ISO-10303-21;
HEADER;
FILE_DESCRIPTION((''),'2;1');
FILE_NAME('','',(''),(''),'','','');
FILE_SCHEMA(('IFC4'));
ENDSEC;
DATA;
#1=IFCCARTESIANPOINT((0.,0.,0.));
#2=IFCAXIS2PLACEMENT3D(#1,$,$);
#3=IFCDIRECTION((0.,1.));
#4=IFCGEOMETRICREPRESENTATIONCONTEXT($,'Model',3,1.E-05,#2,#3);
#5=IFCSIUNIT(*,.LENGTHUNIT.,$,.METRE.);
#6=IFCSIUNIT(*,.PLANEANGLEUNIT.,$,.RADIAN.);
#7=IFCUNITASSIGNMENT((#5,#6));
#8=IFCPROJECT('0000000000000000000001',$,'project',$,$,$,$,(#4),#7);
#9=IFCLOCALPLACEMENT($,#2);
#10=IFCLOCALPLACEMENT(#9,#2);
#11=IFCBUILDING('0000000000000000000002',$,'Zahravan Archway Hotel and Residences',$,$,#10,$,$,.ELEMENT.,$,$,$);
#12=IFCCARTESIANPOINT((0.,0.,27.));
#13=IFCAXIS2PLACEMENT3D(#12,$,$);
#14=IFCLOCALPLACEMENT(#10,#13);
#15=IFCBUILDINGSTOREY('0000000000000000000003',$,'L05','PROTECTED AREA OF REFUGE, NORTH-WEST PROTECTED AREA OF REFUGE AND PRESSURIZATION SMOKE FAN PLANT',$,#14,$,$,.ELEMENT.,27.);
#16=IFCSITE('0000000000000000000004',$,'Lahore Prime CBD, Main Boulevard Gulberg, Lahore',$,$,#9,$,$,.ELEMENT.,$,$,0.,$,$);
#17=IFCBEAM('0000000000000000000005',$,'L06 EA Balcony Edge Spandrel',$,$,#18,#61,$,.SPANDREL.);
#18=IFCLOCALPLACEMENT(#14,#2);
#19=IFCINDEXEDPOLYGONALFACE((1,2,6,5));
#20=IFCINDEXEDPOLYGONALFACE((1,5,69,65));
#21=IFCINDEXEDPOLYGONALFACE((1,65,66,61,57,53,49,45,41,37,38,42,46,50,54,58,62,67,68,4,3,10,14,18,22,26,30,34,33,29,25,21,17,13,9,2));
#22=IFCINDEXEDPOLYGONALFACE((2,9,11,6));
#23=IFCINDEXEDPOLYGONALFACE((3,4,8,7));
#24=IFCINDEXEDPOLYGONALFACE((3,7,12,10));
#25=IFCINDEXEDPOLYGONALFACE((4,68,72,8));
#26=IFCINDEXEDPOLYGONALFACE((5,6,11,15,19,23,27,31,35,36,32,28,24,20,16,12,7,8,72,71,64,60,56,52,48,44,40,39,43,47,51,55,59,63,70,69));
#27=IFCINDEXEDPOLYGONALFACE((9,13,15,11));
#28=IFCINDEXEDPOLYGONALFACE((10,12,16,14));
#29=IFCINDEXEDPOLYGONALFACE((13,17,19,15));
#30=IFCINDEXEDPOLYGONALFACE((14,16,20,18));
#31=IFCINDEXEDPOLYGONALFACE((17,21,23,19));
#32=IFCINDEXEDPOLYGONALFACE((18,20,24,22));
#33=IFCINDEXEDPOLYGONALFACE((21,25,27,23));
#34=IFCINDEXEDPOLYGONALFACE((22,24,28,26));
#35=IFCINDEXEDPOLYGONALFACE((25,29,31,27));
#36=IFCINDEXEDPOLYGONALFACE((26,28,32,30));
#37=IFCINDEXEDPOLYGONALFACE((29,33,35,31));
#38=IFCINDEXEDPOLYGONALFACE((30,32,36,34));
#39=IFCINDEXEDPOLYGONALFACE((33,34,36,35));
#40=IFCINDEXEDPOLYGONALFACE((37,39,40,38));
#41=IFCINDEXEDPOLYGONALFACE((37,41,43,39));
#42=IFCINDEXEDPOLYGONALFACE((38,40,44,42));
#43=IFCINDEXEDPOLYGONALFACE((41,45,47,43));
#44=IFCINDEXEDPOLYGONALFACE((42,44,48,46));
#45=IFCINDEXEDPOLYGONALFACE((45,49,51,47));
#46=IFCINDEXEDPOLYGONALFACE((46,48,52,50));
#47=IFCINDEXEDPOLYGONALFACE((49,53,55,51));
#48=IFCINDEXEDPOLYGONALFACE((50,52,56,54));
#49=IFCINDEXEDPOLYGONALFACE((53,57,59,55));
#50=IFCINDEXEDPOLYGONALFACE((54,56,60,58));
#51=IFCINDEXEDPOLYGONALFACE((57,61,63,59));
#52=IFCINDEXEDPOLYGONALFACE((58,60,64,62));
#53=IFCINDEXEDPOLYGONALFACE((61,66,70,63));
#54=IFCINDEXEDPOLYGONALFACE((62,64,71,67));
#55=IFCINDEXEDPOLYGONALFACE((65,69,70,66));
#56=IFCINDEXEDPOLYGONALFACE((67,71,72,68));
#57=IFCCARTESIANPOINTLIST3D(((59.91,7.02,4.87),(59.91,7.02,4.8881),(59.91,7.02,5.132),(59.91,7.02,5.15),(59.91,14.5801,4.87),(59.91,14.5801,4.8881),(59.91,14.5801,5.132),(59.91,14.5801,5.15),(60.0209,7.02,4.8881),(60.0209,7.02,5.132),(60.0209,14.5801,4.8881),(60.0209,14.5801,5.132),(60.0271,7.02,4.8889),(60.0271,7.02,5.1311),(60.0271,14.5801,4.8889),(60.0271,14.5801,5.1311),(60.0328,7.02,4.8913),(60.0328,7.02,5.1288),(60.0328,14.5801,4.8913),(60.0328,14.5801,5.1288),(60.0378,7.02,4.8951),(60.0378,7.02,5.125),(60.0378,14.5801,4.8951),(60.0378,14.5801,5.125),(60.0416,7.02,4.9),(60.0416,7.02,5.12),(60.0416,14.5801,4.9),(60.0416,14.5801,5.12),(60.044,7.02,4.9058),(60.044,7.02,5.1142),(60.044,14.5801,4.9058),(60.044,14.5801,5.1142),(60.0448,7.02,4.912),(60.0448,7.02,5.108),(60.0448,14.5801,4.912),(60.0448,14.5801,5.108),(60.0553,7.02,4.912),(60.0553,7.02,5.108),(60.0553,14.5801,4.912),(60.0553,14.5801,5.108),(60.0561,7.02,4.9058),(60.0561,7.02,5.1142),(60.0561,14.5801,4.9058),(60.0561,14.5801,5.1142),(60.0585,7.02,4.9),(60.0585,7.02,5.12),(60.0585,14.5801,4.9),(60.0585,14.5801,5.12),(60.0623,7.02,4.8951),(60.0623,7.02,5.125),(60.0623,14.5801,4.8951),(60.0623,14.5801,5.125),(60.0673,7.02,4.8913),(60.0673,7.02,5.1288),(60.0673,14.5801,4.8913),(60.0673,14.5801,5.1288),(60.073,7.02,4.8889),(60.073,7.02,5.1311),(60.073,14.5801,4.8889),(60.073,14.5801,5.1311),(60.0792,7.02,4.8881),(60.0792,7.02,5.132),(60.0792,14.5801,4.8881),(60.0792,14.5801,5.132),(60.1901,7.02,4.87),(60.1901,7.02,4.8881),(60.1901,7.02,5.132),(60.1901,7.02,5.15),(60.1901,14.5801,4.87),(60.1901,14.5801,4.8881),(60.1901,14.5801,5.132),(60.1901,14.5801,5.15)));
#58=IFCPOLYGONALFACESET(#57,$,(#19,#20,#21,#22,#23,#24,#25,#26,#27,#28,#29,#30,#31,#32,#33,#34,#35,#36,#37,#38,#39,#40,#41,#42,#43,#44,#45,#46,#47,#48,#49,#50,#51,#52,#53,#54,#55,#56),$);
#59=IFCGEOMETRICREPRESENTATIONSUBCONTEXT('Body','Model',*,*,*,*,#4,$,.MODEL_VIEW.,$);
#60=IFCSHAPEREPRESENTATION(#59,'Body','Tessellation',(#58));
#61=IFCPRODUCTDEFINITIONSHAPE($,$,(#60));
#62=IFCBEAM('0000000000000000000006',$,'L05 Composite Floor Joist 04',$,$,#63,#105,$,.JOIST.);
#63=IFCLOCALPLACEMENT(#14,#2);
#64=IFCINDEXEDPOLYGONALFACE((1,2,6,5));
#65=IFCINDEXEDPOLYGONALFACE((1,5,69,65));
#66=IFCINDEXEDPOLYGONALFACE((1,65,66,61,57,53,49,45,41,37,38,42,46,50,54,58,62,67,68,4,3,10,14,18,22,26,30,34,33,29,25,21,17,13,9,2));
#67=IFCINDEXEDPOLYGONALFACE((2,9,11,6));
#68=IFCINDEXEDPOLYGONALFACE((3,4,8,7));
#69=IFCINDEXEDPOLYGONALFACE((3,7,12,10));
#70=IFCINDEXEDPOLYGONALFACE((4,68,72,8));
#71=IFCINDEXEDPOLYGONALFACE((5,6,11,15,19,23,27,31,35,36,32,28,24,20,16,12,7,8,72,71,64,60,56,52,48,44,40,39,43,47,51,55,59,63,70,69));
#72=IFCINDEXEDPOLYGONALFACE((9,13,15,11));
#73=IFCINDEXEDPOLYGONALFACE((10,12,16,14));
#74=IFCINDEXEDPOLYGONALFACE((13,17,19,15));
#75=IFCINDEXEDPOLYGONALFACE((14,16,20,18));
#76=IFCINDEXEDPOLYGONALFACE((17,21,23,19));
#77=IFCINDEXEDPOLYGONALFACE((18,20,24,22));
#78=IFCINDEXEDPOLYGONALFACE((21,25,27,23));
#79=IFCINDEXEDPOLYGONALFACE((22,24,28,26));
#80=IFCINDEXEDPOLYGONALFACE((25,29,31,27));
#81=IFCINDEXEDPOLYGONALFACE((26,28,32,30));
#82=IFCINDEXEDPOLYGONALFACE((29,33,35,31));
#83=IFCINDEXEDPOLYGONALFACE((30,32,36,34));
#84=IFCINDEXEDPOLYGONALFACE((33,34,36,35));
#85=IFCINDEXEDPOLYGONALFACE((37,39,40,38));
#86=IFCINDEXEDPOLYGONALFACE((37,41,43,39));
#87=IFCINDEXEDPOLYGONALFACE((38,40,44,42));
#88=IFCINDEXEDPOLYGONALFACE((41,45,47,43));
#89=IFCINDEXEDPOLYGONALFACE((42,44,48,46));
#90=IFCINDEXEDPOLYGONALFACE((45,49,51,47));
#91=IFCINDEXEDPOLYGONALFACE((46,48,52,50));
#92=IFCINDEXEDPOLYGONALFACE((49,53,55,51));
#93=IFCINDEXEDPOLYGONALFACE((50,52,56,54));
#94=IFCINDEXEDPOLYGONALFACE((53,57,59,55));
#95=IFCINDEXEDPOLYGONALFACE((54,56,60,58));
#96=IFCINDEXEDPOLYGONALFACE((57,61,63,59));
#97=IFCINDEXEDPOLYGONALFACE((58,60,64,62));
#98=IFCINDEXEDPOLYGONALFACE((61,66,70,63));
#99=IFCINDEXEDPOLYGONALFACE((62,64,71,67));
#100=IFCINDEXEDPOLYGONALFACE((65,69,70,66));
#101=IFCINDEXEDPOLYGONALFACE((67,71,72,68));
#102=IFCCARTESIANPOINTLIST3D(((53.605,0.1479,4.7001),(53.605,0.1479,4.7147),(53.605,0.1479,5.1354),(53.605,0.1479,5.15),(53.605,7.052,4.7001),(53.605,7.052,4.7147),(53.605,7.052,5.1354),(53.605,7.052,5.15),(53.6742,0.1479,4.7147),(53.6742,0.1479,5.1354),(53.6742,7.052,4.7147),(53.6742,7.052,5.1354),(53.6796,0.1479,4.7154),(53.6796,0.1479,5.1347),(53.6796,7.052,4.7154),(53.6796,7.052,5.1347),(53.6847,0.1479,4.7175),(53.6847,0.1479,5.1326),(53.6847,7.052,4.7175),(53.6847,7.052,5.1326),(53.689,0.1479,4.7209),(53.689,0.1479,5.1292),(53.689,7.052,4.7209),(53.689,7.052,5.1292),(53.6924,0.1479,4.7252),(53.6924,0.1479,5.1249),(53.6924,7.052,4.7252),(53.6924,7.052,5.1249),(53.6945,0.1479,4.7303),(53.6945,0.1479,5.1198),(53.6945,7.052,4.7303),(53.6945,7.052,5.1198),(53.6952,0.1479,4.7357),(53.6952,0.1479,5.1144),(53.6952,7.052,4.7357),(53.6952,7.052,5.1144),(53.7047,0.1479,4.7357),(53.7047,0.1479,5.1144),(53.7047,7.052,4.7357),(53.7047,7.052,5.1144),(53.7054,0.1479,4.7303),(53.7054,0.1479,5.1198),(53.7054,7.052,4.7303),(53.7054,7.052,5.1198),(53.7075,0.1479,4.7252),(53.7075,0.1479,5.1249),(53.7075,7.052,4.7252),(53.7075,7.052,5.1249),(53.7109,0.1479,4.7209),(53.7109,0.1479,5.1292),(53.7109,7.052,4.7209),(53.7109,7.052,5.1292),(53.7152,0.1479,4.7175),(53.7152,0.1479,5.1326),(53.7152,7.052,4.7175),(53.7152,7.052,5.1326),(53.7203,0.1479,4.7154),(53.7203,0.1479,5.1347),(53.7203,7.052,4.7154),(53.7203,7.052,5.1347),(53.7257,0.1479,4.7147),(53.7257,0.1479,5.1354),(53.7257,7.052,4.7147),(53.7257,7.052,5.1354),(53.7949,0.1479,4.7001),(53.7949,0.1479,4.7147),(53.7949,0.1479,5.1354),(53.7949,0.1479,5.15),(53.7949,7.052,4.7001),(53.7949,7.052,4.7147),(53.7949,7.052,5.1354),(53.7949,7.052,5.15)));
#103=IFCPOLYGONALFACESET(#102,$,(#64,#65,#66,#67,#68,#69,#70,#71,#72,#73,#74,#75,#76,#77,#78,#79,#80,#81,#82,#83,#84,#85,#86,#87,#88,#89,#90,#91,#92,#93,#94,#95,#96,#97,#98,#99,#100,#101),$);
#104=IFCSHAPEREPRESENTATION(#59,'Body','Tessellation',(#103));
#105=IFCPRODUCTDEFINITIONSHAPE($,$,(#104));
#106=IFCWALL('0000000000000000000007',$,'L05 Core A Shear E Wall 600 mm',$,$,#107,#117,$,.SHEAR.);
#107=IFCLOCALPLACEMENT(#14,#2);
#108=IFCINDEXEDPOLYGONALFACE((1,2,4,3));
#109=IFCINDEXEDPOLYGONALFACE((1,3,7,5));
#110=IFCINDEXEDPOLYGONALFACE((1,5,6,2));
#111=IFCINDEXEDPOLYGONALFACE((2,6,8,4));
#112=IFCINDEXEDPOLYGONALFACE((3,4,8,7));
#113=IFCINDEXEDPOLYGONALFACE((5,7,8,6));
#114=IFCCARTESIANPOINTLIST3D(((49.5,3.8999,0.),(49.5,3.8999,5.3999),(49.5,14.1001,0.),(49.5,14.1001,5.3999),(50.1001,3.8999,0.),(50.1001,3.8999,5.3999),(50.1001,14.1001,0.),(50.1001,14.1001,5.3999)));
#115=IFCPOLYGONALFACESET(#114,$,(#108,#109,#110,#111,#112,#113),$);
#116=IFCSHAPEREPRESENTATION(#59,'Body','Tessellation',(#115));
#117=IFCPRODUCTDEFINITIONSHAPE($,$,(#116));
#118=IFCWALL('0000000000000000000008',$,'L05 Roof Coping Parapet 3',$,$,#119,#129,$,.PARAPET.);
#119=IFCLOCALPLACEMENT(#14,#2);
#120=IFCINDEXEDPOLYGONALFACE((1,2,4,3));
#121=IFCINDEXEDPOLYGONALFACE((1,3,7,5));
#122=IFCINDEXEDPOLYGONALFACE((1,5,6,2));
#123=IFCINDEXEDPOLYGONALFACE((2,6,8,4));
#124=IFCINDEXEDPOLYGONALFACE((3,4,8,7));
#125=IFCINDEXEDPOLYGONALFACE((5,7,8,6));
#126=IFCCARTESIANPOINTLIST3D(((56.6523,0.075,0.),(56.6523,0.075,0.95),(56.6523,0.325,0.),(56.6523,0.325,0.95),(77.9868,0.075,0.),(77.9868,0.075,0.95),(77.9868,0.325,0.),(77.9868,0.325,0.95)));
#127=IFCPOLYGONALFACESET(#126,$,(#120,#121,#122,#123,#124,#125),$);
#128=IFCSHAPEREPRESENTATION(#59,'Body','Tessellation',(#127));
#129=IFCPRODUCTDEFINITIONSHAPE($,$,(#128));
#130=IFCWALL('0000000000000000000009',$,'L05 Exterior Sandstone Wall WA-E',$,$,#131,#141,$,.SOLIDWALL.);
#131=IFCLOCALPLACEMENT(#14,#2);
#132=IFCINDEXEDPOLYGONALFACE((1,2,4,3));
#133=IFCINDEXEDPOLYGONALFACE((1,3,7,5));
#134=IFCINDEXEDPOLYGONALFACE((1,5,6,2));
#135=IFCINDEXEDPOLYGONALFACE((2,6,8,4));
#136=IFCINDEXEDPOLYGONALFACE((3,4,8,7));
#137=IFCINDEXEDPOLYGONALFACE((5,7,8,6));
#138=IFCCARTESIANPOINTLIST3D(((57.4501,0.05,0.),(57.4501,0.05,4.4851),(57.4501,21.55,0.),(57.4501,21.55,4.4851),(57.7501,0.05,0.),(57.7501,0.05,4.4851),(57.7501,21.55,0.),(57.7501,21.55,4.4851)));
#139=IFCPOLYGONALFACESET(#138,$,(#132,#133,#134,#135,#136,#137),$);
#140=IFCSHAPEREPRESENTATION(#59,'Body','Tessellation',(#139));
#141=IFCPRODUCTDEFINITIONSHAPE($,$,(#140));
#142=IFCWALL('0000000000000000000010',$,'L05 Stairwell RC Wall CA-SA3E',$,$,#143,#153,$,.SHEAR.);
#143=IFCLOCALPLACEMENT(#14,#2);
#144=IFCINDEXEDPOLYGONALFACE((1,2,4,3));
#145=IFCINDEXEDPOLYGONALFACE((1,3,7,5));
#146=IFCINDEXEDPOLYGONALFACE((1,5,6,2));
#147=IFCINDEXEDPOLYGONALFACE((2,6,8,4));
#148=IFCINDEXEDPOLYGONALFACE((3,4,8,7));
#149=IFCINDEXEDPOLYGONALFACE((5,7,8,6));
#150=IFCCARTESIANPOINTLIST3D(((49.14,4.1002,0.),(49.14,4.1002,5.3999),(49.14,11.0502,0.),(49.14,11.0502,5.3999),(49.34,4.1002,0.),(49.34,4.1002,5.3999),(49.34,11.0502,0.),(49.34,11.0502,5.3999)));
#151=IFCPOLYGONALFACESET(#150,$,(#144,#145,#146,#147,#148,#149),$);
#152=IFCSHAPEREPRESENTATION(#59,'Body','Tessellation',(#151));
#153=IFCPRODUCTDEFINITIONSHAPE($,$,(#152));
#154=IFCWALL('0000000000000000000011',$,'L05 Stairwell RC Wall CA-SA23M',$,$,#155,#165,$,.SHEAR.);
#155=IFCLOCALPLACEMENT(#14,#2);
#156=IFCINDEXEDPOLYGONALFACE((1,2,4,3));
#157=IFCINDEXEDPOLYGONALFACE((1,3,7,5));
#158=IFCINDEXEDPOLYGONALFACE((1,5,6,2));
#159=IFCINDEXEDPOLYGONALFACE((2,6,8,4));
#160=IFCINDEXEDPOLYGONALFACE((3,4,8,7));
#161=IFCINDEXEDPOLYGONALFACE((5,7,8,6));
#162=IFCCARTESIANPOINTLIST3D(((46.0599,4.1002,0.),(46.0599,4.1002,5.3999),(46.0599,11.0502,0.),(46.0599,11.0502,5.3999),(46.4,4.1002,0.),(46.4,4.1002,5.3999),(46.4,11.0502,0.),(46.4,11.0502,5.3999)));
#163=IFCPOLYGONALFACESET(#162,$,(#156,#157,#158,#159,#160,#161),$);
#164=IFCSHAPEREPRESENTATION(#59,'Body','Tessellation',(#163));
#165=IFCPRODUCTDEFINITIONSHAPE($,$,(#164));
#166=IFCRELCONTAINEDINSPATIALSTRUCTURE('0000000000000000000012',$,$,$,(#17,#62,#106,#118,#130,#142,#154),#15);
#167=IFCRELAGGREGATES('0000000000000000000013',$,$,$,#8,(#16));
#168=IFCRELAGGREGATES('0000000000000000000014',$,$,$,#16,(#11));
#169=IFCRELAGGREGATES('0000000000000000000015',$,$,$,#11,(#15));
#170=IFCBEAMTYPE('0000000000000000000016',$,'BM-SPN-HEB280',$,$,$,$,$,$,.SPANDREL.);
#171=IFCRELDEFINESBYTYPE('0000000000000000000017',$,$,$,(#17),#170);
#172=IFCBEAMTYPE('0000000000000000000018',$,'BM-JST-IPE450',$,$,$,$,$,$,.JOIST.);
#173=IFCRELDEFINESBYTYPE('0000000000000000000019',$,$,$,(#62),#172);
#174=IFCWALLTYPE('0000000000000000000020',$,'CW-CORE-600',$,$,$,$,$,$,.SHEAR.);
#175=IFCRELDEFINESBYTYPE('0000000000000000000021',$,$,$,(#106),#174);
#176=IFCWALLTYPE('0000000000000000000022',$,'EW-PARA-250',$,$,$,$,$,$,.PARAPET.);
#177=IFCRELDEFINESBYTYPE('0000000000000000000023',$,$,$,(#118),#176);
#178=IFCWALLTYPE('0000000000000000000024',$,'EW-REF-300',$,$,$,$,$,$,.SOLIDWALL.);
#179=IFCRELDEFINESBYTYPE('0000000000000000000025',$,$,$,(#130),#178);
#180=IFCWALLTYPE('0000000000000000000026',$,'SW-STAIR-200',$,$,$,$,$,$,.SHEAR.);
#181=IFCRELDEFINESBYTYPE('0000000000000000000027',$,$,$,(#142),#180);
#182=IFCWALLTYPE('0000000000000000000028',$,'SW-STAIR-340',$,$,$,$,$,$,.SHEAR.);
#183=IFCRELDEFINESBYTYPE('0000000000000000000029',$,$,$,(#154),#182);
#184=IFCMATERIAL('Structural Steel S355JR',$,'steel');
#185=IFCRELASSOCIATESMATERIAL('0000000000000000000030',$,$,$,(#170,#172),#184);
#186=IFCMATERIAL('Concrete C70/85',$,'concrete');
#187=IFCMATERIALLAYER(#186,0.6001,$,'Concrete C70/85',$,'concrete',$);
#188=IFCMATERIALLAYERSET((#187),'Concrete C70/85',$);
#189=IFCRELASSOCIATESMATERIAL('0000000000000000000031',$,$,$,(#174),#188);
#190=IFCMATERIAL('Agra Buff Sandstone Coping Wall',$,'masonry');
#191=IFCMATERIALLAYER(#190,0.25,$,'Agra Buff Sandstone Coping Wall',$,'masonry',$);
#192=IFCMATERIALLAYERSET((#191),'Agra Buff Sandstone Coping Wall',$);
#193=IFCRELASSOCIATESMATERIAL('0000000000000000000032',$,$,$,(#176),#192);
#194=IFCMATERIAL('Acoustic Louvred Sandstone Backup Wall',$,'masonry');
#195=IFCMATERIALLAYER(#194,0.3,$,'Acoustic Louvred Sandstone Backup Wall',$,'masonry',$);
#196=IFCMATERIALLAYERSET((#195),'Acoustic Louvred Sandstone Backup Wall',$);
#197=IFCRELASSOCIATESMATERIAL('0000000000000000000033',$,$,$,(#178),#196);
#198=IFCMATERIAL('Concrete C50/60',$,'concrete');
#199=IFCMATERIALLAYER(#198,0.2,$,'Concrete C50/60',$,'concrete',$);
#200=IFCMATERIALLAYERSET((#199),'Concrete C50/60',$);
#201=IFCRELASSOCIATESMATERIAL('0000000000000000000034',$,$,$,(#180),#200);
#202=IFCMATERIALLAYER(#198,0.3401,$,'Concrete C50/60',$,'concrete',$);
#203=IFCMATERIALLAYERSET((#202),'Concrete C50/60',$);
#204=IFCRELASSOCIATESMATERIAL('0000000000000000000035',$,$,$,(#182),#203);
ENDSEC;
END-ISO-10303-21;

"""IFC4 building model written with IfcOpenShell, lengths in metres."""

from ifc_helpers import new_model, si_unit, direction, frame, frame_2d, origin, origin_2d, place, context, subcontext, project, spatial, rectangle, i_section, extrude, source, transform, mapped, material, layer, layer_set, material_profile, profile_set, type_object, type_shapes, element, save


model = new_model("IFC4")

# Units and contexts
model_context = context("Model", 3, precision=1e-05, world=origin(), true_north=direction((0.0, 1.0)))
body_context = subcontext(model_context, "Body", "Model", "MODEL_VIEW")
ifc_project = project(units=[si_unit("LENGTHUNIT", "METRE"), si_unit("PLANEANGLEUNIT", "RADIAN")], contexts=[model_context])

# Site, building, storey
site_placement = place(None, origin())
site = spatial("IfcSite", under=ifc_project, at=site_placement, Name="Lahore Prime CBD, Main Boulevard Gulberg, Lahore", CompositionType="ELEMENT", RefElevation=0.0)
building_placement = place(site_placement, origin())
building = spatial("IfcBuilding", under=site, at=building_placement, Name="Zahravan Archway Hotel and Residences", CompositionType="ELEMENT")
storey_placement = place(building_placement, frame((0.0, 0.0, 27.0)))
storey = spatial("IfcBuildingStorey", under=building, at=storey_placement, Name="L05", Description="PROTECTED AREA OF REFUGE, NORTH-WEST PROTECTED AREA OF REFUGE AND PRESSURIZATION SMOKE FAN PLANT", CompositionType="ELEMENT", Elevation=27.0)

# Shared definitions
ifc_material_1 = material(Name="Concrete C70/85", Category="concrete")

# Beams
ifc_material_2 = material(Name="Structural Steel S355JR", Category="steel")
ifc_material_profile_1 = material_profile(ifc_material_2, i_section(OverallWidth=0.28, OverallDepth=0.28, WebThickness=0.0105, FlangeThickness=0.0181, FilletRadius=0.0239, at=origin_2d()), Name="HEB 280", Category="steel")
ifc_profile_set_1 = profile_set([ifc_material_profile_1], Name="Structural Steel S355JR")
beam_type_1 = type_object("IfcBeamType", Name="BM-SPN-HEB280", PredefinedType="SPANDREL", material=ifc_profile_set_1)
shared_shape_1 = source(origin(), body_context, "Body", "SweptSolid", [
    extrude(i_section(OverallWidth=0.28, OverallDepth=0.28, WebThickness=0.0105, FlangeThickness=0.0181, FilletRadius=0.0239, at=origin_2d()), origin(), (0.0, 0.0, 1.0), 7.5601),
])
type_shapes(beam_type_1, [shared_shape_1])
beam_1_placement = place(storey_placement, frame((60.05, 7.02, 5.01), z_axis=(0.0, 1.0, 0.0), x_axis=(-1.0, 0.0, 0.0)))
element("IfcBeam", 1, at=beam_1_placement, inside=storey, type_object=beam_type_1, Name="L06 EA Balcony Edge Spandrel", PredefinedType="SPANDREL", context=body_context, shape_type="MappedRepresentation", body=[
    mapped(shared_shape_1, transform((0.0, 0.0, 0.0), scale=1.0)),
])
ifc_material_profile_2 = material_profile(ifc_material_2, i_section(OverallWidth=0.1899, OverallDepth=0.45, WebThickness=0.0095, FlangeThickness=0.0146, FilletRadius=0.021, at=origin_2d()), Name="IPE 450", Category="steel")
ifc_profile_set_2 = profile_set([ifc_material_profile_2], Name="Structural Steel S355JR")
beam_type_2 = type_object("IfcBeamType", Name="BM-JST-IPE450", PredefinedType="JOIST", material=ifc_profile_set_2)
shared_shape_2 = source(origin(), body_context, "Body", "SweptSolid", [
    extrude(i_section(OverallWidth=0.1899, OverallDepth=0.45, WebThickness=0.0095, FlangeThickness=0.0146, FilletRadius=0.021, at=origin_2d()), origin(), (0.0, 0.0, 1.0), 6.9041),
])
type_shapes(beam_type_2, [shared_shape_2])
beam_2_placement = place(storey_placement, frame((53.7, 0.1479, 4.925), z_axis=(0.0, 1.0, 0.0), x_axis=(-1.0, 0.0, 0.0)))
element("IfcBeam", 2, at=beam_2_placement, inside=storey, type_object=beam_type_2, Name="L05 Composite Floor Joist 04", PredefinedType="JOIST", context=body_context, shape_type="MappedRepresentation", body=[
    mapped(shared_shape_2, transform((0.0, 0.0, 0.0), scale=1.0)),
])

# Walls
ifc_layer_1 = layer(ifc_material_1, 0.6001, Name="Concrete C70/85", Category="concrete")
ifc_layer_set_1 = layer_set([ifc_layer_1], Name="Concrete C70/85")
wall_type_1 = type_object("IfcWallType", Name="CW-CORE-600", PredefinedType="SHEAR", material=ifc_layer_set_1)
wall_1_placement = place(storey_placement, frame((49.8, 3.8999, 0.0), z_axis=(0.0, 0.0, 1.0), x_axis=(0.0, 1.0, 0.0)))
element("IfcWall", 3, at=wall_1_placement, inside=storey, type_object=wall_type_1, Name="L05 Core A Shear E Wall 600 mm", PredefinedType="SHEAR", context=body_context, shape_type="SweptSolid", body=[
    extrude(rectangle(XDim=10.2002, YDim=0.6001, at=frame_2d((5.1001, 0.0))), origin(), (0.0, 0.0, 1.0), 5.3999),
])
ifc_material_3 = material(Name="Agra Buff Sandstone Coping Wall", Category="masonry")
ifc_layer_2 = layer(ifc_material_3, 0.25, Name="Agra Buff Sandstone Coping Wall", Category="masonry")
ifc_layer_set_2 = layer_set([ifc_layer_2], Name="Agra Buff Sandstone Coping Wall")
wall_type_2 = type_object("IfcWallType", Name="EW-PARA-250", PredefinedType="PARAPET", material=ifc_layer_set_2)
wall_2_placement = place(storey_placement, frame((77.9868, 0.2, 0.0), z_axis=(0.0, 0.0, 1.0), x_axis=(-1.0, 0.0, 0.0)))
element("IfcWall", 4, at=wall_2_placement, inside=storey, type_object=wall_type_2, Name="L05 Roof Coping Parapet 3", PredefinedType="PARAPET", context=body_context, shape_type="SweptSolid", body=[
    extrude(rectangle(XDim=21.3345, YDim=0.25, at=frame_2d((10.6672, 0.0))), origin(), (0.0, 0.0, 1.0), 0.95),
])
ifc_material_4 = material(Name="Acoustic Louvred Sandstone Backup Wall", Category="masonry")
ifc_layer_3 = layer(ifc_material_4, 0.3, Name="Acoustic Louvred Sandstone Backup Wall", Category="masonry")
ifc_layer_set_3 = layer_set([ifc_layer_3], Name="Acoustic Louvred Sandstone Backup Wall")
wall_type_3 = type_object("IfcWallType", Name="EW-REF-300", PredefinedType="SOLIDWALL", material=ifc_layer_set_3)
wall_3_placement = place(storey_placement, frame((57.6001, 0.05, 0.0), z_axis=(0.0, 0.0, 1.0), x_axis=(0.0, 1.0, 0.0)))
element("IfcWall", 5, at=wall_3_placement, inside=storey, type_object=wall_type_3, Name="L05 Exterior Sandstone Wall WA-E", PredefinedType="SOLIDWALL", context=body_context, shape_type="SweptSolid", body=[
    extrude(rectangle(XDim=21.5, YDim=0.3, at=frame_2d((10.75, 0.0))), origin(), (0.0, 0.0, 1.0), 4.4851),
])
ifc_material_5 = material(Name="Concrete C50/60", Category="concrete")
ifc_layer_4 = layer(ifc_material_5, 0.2, Name="Concrete C50/60", Category="concrete")
ifc_layer_set_4 = layer_set([ifc_layer_4], Name="Concrete C50/60")
wall_type_4 = type_object("IfcWallType", Name="SW-STAIR-200", PredefinedType="SHEAR", material=ifc_layer_set_4)
wall_4_placement = place(storey_placement, frame((49.24, 4.1001, 0.0), z_axis=(0.0, 0.0, 1.0), x_axis=(0.0, 1.0, 0.0)))
element("IfcWall", 6, at=wall_4_placement, inside=storey, type_object=wall_type_4, Name="L05 Stairwell RC Wall CA-SA3E", PredefinedType="SHEAR", context=body_context, shape_type="SweptSolid", body=[
    extrude(rectangle(XDim=6.95, YDim=0.2, at=frame_2d((3.4751, 0.0))), origin(), (0.0, 0.0, 1.0), 5.3999),
])
ifc_layer_5 = layer(ifc_material_5, 0.3401, Name="Concrete C50/60", Category="concrete")
ifc_layer_set_5 = layer_set([ifc_layer_5], Name="Concrete C50/60")
wall_type_5 = type_object("IfcWallType", Name="SW-STAIR-340", PredefinedType="SHEAR", material=ifc_layer_set_5)
wall_5_placement = place(storey_placement, frame((46.23, 4.1001, 0.0), z_axis=(0.0, 0.0, 1.0), x_axis=(0.0, 1.0, 0.0)))
element("IfcWall", 7, at=wall_5_placement, inside=storey, type_object=wall_type_5, Name="L05 Stairwell RC Wall CA-SA23M", PredefinedType="SHEAR", context=body_context, shape_type="SweptSolid", body=[
    extrude(rectangle(XDim=6.95, YDim=0.3401, at=frame_2d((3.4751, 0.0))), origin(), (0.0, 0.0, 1.0), 5.3999),
])

save(model, "model.ifc")
